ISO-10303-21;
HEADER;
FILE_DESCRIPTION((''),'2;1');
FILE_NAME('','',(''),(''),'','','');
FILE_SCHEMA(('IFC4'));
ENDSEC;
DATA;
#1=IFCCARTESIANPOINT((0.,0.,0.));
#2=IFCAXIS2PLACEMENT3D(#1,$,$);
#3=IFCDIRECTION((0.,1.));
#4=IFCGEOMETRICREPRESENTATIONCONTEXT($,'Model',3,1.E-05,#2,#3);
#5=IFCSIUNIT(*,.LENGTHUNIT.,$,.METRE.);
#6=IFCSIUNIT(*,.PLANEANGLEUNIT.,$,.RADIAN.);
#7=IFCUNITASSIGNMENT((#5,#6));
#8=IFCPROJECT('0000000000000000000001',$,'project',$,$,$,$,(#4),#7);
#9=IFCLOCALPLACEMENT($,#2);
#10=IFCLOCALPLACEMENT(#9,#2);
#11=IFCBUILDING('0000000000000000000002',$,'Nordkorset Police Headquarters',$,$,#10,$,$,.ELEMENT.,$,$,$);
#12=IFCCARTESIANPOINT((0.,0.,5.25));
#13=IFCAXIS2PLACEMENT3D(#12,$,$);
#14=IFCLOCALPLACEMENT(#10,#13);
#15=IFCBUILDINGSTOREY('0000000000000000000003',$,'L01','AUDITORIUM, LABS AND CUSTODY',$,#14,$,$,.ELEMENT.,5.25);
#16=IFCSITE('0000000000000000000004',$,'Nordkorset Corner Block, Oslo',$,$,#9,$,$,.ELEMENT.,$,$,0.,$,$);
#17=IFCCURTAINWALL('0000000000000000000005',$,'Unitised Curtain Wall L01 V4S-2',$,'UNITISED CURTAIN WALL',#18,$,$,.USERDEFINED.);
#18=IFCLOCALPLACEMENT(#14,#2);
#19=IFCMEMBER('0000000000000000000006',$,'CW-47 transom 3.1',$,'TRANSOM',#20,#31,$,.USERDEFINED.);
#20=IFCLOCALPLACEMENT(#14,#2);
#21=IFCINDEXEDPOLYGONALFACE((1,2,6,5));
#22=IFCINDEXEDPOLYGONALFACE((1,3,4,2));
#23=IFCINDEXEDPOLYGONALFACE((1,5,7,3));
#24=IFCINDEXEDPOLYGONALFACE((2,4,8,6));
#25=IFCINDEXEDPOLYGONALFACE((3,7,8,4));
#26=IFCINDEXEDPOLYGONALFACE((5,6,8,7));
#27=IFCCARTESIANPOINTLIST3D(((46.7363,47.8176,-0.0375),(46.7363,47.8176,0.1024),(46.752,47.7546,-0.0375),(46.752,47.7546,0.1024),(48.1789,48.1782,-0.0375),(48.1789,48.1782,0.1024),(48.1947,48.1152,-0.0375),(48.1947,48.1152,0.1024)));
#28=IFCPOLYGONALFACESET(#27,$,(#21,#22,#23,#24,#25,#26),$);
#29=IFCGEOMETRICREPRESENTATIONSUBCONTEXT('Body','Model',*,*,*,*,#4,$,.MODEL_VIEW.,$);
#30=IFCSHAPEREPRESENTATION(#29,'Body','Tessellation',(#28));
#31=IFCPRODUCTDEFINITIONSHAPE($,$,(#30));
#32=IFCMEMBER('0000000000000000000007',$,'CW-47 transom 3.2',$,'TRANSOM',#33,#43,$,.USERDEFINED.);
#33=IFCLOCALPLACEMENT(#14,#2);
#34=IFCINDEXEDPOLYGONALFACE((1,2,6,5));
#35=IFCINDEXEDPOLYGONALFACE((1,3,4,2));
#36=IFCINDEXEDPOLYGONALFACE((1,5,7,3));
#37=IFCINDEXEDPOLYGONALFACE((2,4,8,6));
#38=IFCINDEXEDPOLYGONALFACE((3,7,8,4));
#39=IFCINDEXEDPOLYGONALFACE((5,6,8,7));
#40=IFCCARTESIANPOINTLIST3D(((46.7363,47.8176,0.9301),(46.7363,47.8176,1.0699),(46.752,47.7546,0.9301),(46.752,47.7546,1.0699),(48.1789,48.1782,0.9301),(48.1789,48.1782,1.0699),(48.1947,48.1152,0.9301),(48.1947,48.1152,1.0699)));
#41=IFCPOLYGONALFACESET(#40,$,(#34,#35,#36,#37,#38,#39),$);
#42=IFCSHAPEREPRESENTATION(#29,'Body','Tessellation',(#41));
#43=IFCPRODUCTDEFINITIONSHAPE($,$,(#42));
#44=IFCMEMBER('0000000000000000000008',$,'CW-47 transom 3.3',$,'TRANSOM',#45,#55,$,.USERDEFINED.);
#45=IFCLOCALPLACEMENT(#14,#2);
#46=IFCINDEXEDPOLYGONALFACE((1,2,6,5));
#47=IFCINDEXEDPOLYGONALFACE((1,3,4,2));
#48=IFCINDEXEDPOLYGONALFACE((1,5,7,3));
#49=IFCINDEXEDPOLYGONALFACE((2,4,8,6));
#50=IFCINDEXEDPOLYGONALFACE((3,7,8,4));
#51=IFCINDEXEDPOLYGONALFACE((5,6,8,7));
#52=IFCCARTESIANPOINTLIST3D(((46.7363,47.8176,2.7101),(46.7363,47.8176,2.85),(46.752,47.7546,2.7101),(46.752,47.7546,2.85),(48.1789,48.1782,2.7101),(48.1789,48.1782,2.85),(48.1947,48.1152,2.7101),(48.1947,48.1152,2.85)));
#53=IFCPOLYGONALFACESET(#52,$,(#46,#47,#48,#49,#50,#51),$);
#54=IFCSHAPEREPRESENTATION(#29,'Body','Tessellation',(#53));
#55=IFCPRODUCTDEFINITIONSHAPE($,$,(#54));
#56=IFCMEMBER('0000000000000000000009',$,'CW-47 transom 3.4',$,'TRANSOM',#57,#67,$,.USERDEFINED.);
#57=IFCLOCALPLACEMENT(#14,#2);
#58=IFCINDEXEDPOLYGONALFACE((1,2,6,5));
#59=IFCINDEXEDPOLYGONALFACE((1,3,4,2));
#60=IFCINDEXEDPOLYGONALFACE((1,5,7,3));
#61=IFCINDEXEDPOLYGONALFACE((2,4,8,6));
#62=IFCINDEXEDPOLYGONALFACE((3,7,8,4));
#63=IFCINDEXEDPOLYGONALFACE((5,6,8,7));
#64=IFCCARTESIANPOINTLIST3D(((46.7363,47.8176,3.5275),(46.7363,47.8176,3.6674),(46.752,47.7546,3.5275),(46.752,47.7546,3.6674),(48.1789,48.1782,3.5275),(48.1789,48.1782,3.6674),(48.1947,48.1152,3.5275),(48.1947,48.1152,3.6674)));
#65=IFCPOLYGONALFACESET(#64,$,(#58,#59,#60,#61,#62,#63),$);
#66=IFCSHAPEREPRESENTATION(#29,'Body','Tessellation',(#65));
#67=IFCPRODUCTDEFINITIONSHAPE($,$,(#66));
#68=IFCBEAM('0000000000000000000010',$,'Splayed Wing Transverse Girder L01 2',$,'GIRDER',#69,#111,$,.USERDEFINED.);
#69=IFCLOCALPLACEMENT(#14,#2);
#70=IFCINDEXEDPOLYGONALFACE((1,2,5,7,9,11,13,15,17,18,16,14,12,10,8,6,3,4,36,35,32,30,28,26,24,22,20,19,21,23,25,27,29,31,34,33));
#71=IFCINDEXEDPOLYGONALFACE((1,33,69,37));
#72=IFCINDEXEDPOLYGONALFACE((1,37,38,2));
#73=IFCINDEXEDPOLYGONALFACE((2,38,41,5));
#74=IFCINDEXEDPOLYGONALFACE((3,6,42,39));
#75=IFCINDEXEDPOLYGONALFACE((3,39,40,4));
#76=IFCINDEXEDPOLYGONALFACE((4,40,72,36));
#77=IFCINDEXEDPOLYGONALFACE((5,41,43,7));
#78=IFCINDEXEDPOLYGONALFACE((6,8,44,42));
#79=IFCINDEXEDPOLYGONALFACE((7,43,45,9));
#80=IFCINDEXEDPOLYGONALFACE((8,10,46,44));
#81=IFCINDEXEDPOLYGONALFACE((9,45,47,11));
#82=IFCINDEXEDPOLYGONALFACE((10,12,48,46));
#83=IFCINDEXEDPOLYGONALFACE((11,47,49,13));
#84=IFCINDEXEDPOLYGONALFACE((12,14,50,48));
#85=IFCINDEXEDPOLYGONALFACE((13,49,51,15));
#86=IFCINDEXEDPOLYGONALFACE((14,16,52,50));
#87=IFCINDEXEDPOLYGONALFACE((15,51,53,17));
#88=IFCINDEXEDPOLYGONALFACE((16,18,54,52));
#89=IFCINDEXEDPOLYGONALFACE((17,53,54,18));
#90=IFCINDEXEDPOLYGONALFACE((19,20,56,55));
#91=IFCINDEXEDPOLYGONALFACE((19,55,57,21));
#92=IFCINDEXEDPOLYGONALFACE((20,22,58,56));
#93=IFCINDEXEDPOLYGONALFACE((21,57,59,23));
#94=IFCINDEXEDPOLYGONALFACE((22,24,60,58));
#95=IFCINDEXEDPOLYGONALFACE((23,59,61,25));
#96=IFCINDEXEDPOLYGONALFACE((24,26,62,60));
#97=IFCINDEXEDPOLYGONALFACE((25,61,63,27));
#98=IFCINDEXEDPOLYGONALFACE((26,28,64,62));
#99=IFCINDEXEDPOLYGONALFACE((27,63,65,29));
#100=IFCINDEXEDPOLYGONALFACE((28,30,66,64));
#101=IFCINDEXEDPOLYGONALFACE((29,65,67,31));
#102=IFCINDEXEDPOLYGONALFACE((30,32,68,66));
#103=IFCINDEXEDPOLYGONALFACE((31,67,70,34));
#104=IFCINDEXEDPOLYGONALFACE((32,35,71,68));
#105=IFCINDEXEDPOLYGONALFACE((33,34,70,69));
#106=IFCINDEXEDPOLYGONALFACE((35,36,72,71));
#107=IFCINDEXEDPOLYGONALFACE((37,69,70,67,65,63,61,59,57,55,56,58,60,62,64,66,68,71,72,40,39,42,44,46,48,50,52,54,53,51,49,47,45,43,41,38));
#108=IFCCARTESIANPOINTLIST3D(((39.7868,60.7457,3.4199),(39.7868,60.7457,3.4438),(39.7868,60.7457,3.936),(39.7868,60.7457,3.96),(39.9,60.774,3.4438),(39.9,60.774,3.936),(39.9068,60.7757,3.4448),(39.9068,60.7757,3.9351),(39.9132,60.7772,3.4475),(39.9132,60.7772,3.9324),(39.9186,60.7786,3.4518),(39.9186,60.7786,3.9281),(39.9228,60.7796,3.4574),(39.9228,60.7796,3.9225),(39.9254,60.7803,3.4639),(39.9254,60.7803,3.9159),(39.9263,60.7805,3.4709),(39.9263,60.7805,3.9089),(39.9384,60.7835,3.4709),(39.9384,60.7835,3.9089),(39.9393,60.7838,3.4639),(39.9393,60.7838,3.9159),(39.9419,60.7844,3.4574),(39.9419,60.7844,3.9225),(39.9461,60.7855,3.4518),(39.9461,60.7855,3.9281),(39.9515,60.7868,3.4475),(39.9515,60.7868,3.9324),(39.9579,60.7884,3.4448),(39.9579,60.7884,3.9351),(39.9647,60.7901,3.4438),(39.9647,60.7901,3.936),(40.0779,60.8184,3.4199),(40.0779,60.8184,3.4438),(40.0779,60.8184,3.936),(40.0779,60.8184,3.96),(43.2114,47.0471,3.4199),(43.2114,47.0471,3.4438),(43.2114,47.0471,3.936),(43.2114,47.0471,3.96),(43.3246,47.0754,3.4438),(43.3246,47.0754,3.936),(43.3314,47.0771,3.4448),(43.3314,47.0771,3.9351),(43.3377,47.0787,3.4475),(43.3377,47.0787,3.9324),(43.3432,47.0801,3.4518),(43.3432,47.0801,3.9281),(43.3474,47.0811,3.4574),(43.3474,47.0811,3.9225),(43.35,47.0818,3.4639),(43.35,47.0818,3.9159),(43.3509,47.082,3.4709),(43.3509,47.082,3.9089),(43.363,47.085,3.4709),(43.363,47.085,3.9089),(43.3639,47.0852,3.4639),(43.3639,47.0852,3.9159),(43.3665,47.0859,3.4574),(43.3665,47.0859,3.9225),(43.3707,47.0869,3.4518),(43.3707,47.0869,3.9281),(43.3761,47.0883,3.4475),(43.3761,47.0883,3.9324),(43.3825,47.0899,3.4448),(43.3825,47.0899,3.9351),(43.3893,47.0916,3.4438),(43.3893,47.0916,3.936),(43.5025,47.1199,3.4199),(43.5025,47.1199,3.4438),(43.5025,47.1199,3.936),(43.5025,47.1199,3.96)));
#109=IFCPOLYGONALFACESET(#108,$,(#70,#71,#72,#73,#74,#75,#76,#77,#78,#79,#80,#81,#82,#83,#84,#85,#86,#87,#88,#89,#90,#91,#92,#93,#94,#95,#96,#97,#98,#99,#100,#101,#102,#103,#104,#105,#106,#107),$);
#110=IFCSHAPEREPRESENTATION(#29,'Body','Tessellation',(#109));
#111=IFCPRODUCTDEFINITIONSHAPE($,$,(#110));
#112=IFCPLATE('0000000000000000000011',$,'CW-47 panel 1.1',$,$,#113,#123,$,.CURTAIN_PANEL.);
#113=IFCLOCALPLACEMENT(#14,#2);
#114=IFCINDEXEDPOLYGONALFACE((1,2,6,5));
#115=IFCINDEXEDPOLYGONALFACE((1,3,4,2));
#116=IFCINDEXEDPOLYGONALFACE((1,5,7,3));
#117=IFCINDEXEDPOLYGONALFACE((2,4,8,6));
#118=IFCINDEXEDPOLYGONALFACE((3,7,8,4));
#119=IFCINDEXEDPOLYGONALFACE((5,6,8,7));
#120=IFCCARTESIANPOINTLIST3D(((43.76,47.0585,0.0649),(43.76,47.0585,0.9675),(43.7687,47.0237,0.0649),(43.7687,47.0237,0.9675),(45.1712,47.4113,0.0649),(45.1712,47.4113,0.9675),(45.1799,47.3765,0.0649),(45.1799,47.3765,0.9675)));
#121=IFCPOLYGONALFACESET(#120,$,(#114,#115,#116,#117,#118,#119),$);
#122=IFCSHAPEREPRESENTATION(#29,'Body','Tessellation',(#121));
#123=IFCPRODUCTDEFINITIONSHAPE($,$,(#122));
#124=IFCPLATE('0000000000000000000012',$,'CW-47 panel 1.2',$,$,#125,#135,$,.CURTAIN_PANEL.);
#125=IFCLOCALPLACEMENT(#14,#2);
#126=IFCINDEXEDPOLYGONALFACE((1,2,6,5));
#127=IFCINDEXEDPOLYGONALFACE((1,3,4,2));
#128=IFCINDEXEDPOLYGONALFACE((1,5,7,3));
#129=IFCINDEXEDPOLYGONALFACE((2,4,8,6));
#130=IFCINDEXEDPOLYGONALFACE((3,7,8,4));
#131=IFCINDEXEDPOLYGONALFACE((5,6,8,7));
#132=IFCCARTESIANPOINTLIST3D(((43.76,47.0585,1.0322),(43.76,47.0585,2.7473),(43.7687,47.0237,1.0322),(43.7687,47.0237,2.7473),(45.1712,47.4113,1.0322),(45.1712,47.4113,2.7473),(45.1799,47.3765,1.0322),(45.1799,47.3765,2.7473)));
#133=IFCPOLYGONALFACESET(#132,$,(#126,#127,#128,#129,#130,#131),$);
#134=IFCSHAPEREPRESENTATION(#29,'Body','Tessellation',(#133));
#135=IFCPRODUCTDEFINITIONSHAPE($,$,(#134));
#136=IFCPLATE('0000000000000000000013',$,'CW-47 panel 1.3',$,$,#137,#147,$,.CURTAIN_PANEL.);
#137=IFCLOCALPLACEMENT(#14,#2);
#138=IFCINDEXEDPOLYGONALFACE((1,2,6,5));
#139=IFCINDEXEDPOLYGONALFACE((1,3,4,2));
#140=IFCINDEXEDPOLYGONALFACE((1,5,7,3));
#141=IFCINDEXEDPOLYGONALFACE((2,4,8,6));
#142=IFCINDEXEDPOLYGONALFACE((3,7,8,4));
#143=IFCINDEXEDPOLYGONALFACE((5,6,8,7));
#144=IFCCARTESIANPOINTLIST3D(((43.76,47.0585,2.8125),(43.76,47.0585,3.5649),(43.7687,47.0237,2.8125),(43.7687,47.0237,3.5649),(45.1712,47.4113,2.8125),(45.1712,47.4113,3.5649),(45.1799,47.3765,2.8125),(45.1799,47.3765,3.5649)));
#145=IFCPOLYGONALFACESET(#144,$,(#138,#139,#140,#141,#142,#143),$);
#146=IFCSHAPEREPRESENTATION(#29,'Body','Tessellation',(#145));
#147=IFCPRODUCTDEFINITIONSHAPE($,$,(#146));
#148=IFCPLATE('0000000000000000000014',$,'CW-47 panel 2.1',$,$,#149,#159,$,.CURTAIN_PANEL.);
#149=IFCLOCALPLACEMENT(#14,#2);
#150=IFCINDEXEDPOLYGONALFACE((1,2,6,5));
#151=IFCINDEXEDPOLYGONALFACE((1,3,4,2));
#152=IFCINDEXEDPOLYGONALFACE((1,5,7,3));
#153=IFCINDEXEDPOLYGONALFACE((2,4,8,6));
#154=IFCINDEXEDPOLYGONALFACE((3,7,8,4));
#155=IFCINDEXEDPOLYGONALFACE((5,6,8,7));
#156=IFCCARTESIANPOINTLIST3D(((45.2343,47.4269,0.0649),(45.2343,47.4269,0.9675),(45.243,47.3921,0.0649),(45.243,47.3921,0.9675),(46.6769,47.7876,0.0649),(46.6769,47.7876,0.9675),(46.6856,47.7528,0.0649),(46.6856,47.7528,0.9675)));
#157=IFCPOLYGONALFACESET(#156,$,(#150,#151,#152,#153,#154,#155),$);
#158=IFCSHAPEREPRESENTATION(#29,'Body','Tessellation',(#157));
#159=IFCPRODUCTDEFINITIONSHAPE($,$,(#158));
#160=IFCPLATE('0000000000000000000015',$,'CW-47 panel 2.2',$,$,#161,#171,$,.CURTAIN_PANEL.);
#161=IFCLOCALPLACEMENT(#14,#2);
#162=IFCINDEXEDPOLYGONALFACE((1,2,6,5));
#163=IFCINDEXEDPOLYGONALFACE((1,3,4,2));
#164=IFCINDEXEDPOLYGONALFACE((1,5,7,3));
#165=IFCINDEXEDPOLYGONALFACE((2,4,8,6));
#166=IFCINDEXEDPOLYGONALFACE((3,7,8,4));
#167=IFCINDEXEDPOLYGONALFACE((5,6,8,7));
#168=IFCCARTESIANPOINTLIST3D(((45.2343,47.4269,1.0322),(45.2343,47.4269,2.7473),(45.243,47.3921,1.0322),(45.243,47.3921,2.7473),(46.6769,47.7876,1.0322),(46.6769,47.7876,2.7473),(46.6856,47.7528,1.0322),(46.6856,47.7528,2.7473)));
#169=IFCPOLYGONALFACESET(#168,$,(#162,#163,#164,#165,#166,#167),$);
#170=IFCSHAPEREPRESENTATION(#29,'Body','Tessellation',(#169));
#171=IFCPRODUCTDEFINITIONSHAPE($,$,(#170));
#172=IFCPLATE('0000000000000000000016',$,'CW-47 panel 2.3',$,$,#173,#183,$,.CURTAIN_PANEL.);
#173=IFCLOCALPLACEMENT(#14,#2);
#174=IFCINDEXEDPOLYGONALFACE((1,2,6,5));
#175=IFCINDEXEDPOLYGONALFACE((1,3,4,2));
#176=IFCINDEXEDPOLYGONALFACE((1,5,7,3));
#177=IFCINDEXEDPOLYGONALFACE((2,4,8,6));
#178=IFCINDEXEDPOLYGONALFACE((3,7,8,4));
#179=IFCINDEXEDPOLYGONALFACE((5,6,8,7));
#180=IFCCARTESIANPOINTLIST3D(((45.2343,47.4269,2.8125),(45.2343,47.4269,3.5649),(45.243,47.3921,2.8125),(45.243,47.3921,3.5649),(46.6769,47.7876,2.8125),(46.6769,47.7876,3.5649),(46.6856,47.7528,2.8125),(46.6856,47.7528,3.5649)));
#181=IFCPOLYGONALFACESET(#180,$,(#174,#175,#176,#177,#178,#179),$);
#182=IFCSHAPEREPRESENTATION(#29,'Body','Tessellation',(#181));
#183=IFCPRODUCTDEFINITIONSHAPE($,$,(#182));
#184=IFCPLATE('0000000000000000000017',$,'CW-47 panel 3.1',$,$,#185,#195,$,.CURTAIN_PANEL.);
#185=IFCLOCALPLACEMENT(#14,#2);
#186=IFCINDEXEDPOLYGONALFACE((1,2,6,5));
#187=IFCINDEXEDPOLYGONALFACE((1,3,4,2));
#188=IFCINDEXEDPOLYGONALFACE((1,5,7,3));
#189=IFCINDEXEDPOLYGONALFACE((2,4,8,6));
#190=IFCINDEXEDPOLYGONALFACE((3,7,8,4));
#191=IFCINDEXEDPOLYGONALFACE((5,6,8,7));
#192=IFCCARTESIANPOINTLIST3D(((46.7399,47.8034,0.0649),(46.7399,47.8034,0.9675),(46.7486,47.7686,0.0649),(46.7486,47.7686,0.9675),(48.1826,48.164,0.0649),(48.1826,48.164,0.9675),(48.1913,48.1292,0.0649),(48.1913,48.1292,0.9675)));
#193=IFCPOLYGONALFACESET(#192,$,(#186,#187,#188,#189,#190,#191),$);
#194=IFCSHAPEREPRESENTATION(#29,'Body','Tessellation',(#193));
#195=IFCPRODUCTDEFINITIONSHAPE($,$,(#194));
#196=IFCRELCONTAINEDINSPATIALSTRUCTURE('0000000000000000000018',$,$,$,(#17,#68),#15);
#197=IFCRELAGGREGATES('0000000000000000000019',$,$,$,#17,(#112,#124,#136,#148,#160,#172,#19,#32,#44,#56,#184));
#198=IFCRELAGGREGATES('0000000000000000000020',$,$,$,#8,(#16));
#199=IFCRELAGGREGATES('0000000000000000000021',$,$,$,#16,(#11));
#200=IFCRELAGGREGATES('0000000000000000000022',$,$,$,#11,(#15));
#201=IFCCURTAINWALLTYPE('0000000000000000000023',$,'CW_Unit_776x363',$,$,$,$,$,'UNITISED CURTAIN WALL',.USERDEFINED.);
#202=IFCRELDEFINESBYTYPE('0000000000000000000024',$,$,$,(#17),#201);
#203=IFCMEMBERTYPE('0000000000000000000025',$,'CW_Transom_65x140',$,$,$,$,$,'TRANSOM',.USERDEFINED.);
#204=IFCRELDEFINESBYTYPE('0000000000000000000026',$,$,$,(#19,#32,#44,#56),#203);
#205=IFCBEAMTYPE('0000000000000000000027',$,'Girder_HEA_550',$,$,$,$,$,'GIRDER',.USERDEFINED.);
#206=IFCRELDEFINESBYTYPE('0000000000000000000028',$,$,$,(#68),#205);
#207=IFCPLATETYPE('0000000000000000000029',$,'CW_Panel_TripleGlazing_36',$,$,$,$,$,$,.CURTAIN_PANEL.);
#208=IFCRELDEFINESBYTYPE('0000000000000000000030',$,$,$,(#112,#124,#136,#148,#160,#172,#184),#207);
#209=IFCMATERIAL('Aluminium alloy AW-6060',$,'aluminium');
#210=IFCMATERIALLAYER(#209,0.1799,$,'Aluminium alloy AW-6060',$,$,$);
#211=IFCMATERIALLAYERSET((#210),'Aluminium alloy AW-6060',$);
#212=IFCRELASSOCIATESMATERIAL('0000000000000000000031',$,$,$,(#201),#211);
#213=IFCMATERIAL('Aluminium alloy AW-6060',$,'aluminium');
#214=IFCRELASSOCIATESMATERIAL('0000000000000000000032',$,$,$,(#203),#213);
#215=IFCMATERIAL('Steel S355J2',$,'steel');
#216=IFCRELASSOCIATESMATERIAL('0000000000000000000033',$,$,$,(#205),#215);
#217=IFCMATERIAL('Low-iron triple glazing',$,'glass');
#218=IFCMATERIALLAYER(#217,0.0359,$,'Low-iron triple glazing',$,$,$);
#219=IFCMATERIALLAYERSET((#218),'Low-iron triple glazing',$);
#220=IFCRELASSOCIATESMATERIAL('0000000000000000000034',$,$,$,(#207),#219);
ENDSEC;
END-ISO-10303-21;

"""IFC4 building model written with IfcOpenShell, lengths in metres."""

from ifc_helpers import new_model, si_unit, direction, frame, origin, origin_2d, place, context, subcontext, project, spatial, rectangle, i_section, extrude, material, layer, layer_set, material_profile, profile_set, type_object, element, aggregate, save


model = new_model("IFC4")

# Units and contexts
model_context = context("Model", 3, precision=1e-05, world=origin(), true_north=direction((0.0, 1.0)))
body_context = subcontext(model_context, "Body", "Model", "MODEL_VIEW")
ifc_project = project(units=[si_unit("LENGTHUNIT", "METRE"), si_unit("PLANEANGLEUNIT", "RADIAN")], contexts=[model_context])

# Site, building, storey
site_placement = place(None, origin())
site = spatial("IfcSite", under=ifc_project, at=site_placement, Name="Nordkorset Corner Block, Oslo", CompositionType="ELEMENT", RefElevation=0.0)
building_placement = place(site_placement, origin())
building = spatial("IfcBuilding", under=site, at=building_placement, Name="Nordkorset Police Headquarters", CompositionType="ELEMENT")
storey_placement = place(building_placement, frame((0.0, 0.0, 5.25)))
storey = spatial("IfcBuildingStorey", under=building, at=storey_placement, Name="L01", Description="AUDITORIUM, LABS AND CUSTODY", CompositionType="ELEMENT", Elevation=5.25)

# Curtain wall, members
ifc_material_1 = material(Name="Aluminium alloy AW-6060", Category="aluminium")
ifc_layer_1 = layer(ifc_material_1, 0.1799, Name="Aluminium alloy AW-6060")
ifc_layer_set_1 = layer_set([ifc_layer_1], Name="Aluminium alloy AW-6060")
curtain_wall_type = type_object("IfcCurtainWallType", Name="CW_Unit_776x363", ElementType="UNITISED CURTAIN WALL", PredefinedType="USERDEFINED", material=ifc_layer_set_1)
curtain_wall_placement = place(storey_placement, origin())
curtain_wall = element("IfcCurtainWall", 1, at=curtain_wall_placement, inside=storey, type_object=curtain_wall_type, Name="Unitised Curtain Wall L01 V4S-2", ObjectType="UNITISED CURTAIN WALL", PredefinedType="USERDEFINED")
ifc_material_2 = material(Name="Aluminium alloy AW-6060", Category="aluminium")
ifc_material_profile_1 = material_profile(ifc_material_2, rectangle(XDim=0.0649, YDim=0.1399, at=origin_2d()), Name="ALU TRAN 65x140")
ifc_profile_set_1 = profile_set([ifc_material_profile_1], Name="Aluminium alloy AW-6060")
member_type_1 = type_object("IfcMemberType", Name="CW_Transom_65x140", ElementType="TRANSOM", PredefinedType="USERDEFINED", material=ifc_profile_set_1)
member_1_placement = place(storey_placement, frame((46.7441, 47.7861, 0.0325), z_axis=(0.970152, 0.242497, 0.0), x_axis=(-0.242497, 0.970152, 0.0)))
member_1 = element("IfcMember", 2, at=member_1_placement, type_object=member_type_1, Name="CW-47 transom 3.1", ObjectType="TRANSOM", PredefinedType="USERDEFINED", context=body_context, shape_type="SweptSolid", body=[
    extrude(rectangle(XDim=0.0649, YDim=0.1399, at=origin_2d()), origin(), (0.0, 0.0, 1.0), 1.4871),
])
member_2_placement = place(storey_placement, frame((46.7441, 47.7861, 1.0), z_axis=(0.970152, 0.242497, 0.0), x_axis=(-0.242497, 0.970152, 0.0)))
member_2 = element("IfcMember", 3, at=member_2_placement, type_object=member_type_1, Name="CW-47 transom 3.2", ObjectType="TRANSOM", PredefinedType="USERDEFINED", context=body_context, shape_type="SweptSolid", body=[
    extrude(rectangle(XDim=0.0649, YDim=0.1399, at=origin_2d()), origin(), (0.0, 0.0, 1.0), 1.4871),
])
member_3_placement = place(storey_placement, frame((46.7441, 47.7861, 2.78), z_axis=(0.970152, 0.242497, 0.0), x_axis=(-0.242497, 0.970152, 0.0)))
member_3 = element("IfcMember", 4, at=member_3_placement, type_object=member_type_1, Name="CW-47 transom 3.3", ObjectType="TRANSOM", PredefinedType="USERDEFINED", context=body_context, shape_type="SweptSolid", body=[
    extrude(rectangle(XDim=0.0649, YDim=0.1399, at=origin_2d()), origin(), (0.0, 0.0, 1.0), 1.4871),
])
member_4_placement = place(storey_placement, frame((46.7441, 47.7861, 3.5974), z_axis=(0.970152, 0.242497, 0.0), x_axis=(-0.242497, 0.970152, 0.0)))
member_4 = element("IfcMember", 5, at=member_4_placement, type_object=member_type_1, Name="CW-47 transom 3.4", ObjectType="TRANSOM", PredefinedType="USERDEFINED", context=body_context, shape_type="SweptSolid", body=[
    extrude(rectangle(XDim=0.0649, YDim=0.1399, at=origin_2d()), origin(), (0.0, 0.0, 1.0), 1.4871),
])

# Beam
ifc_material_3 = material(Name="Steel S355J2", Category="steel")
ifc_material_profile_2 = material_profile(ifc_material_3, i_section(OverallWidth=0.3, OverallDepth=0.54, WebThickness=0.0125, FlangeThickness=0.0239, FilletRadius=0.0271, at=origin_2d()), Name="HEA 550")
ifc_profile_set_2 = profile_set([ifc_material_profile_2], Name="Steel S355J2")
beam_type_1 = type_object("IfcBeamType", Name="Girder_HEA_550", ElementType="GIRDER", PredefinedType="USERDEFINED", material=ifc_profile_set_2)
beam_1_placement = place(storey_placement, frame((43.3569, 47.0835, 3.6899), z_axis=(-0.242532, 0.970144, 0.0), x_axis=(-0.970144, -0.242532, 0.0)))
element("IfcBeam", 6, at=beam_1_placement, inside=storey, type_object=beam_type_1, Name="Splayed Wing Transverse Girder L01 2", ObjectType="GIRDER", PredefinedType="USERDEFINED", context=body_context, shape_type="SweptSolid", body=[
    extrude(i_section(OverallWidth=0.3, OverallDepth=0.54, WebThickness=0.0125, FlangeThickness=0.0239, FilletRadius=0.0271, at=origin_2d()), origin(), (0.0, 0.0, 1.0), 14.1201),
])

# Plates
ifc_material_4 = material(Name="Low-iron triple glazing", Category="glass")
ifc_layer_2 = layer(ifc_material_4, 0.0359, Name="Low-iron triple glazing")
ifc_layer_set_2 = layer_set([ifc_layer_2], Name="Low-iron triple glazing")
plate_type = type_object("IfcPlateType", Name="CW_Panel_TripleGlazing_36", PredefinedType="CURTAIN_PANEL", material=ifc_layer_set_2)
plate_1_placement = place(storey_placement, frame((44.47, 47.2175, 0.0649), z_axis=(0.0, 0.0, 1.0), x_axis=(0.970143, 0.242535, 0.0)))
plate_1 = element("IfcPlate", 7, at=plate_1_placement, type_object=plate_type, Name="CW-47 panel 1.1", PredefinedType="CURTAIN_PANEL", context=body_context, shape_type="SweptSolid", body=[
    extrude(rectangle(XDim=1.4546, YDim=0.0359, at=origin_2d()), origin(), (0.0, 0.0, 1.0), 0.9026),
])
plate_2_placement = place(storey_placement, frame((44.47, 47.2175, 1.0322), z_axis=(0.0, 0.0, 1.0), x_axis=(0.970143, 0.242535, 0.0)))
plate_2 = element("IfcPlate", 8, at=plate_2_placement, type_object=plate_type, Name="CW-47 panel 1.2", PredefinedType="CURTAIN_PANEL", context=body_context, shape_type="SweptSolid", body=[
    extrude(rectangle(XDim=1.4546, YDim=0.0359, at=origin_2d()), origin(), (0.0, 0.0, 1.0), 1.7151),
])
plate_3_placement = place(storey_placement, frame((44.47, 47.2175, 2.8125), z_axis=(0.0, 0.0, 1.0), x_axis=(0.970143, 0.242535, 0.0)))
plate_3 = element("IfcPlate", 9, at=plate_3_placement, type_object=plate_type, Name="CW-47 panel 1.3", PredefinedType="CURTAIN_PANEL", context=body_context, shape_type="SweptSolid", body=[
    extrude(rectangle(XDim=1.4546, YDim=0.0359, at=origin_2d()), origin(), (0.0, 0.0, 1.0), 0.7524),
])
plate_4_placement = place(storey_placement, frame((45.96, 47.5898, 0.0649), z_axis=(0.0, 0.0, 1.0), x_axis=(0.970143, 0.242535, 0.0)))
plate_4 = element("IfcPlate", 10, at=plate_4_placement, type_object=plate_type, Name="CW-47 panel 2.1", PredefinedType="CURTAIN_PANEL", context=body_context, shape_type="SweptSolid", body=[
    extrude(rectangle(XDim=1.4871, YDim=0.0359, at=origin_2d()), origin(), (0.0, 0.0, 1.0), 0.9026),
])
plate_5_placement = place(storey_placement, frame((45.96, 47.5898, 1.0322), z_axis=(0.0, 0.0, 1.0), x_axis=(0.970143, 0.242535, 0.0)))
plate_5 = element("IfcPlate", 11, at=plate_5_placement, type_object=plate_type, Name="CW-47 panel 2.2", PredefinedType="CURTAIN_PANEL", context=body_context, shape_type="SweptSolid", body=[
    extrude(rectangle(XDim=1.4871, YDim=0.0359, at=origin_2d()), origin(), (0.0, 0.0, 1.0), 1.7151),
])
plate_6_placement = place(storey_placement, frame((45.96, 47.5898, 2.8125), z_axis=(0.0, 0.0, 1.0), x_axis=(0.970143, 0.242535, 0.0)))
plate_6 = element("IfcPlate", 12, at=plate_6_placement, type_object=plate_type, Name="CW-47 panel 2.3", PredefinedType="CURTAIN_PANEL", context=body_context, shape_type="SweptSolid", body=[
    extrude(rectangle(XDim=1.4871, YDim=0.0359, at=origin_2d()), origin(), (0.0, 0.0, 1.0), 0.7524),
])
plate_7_placement = place(storey_placement, frame((47.4656, 47.9663, 0.0649), z_axis=(0.0, 0.0, 1.0), x_axis=(0.970143, 0.242535, 0.0)))
plate_7 = element("IfcPlate", 13, at=plate_7_placement, type_object=plate_type, Name="CW-47 panel 3.1", PredefinedType="CURTAIN_PANEL", context=body_context, shape_type="SweptSolid", body=[
    extrude(rectangle(XDim=1.4871, YDim=0.0359, at=origin_2d()), origin(), (0.0, 0.0, 1.0), 0.9026),
])
aggregate(curtain_wall, [plate_1, plate_2, plate_3, plate_4, plate_5, plate_6, member_1, member_2, member_3, member_4, plate_7])

save(model, "model.ifc")
